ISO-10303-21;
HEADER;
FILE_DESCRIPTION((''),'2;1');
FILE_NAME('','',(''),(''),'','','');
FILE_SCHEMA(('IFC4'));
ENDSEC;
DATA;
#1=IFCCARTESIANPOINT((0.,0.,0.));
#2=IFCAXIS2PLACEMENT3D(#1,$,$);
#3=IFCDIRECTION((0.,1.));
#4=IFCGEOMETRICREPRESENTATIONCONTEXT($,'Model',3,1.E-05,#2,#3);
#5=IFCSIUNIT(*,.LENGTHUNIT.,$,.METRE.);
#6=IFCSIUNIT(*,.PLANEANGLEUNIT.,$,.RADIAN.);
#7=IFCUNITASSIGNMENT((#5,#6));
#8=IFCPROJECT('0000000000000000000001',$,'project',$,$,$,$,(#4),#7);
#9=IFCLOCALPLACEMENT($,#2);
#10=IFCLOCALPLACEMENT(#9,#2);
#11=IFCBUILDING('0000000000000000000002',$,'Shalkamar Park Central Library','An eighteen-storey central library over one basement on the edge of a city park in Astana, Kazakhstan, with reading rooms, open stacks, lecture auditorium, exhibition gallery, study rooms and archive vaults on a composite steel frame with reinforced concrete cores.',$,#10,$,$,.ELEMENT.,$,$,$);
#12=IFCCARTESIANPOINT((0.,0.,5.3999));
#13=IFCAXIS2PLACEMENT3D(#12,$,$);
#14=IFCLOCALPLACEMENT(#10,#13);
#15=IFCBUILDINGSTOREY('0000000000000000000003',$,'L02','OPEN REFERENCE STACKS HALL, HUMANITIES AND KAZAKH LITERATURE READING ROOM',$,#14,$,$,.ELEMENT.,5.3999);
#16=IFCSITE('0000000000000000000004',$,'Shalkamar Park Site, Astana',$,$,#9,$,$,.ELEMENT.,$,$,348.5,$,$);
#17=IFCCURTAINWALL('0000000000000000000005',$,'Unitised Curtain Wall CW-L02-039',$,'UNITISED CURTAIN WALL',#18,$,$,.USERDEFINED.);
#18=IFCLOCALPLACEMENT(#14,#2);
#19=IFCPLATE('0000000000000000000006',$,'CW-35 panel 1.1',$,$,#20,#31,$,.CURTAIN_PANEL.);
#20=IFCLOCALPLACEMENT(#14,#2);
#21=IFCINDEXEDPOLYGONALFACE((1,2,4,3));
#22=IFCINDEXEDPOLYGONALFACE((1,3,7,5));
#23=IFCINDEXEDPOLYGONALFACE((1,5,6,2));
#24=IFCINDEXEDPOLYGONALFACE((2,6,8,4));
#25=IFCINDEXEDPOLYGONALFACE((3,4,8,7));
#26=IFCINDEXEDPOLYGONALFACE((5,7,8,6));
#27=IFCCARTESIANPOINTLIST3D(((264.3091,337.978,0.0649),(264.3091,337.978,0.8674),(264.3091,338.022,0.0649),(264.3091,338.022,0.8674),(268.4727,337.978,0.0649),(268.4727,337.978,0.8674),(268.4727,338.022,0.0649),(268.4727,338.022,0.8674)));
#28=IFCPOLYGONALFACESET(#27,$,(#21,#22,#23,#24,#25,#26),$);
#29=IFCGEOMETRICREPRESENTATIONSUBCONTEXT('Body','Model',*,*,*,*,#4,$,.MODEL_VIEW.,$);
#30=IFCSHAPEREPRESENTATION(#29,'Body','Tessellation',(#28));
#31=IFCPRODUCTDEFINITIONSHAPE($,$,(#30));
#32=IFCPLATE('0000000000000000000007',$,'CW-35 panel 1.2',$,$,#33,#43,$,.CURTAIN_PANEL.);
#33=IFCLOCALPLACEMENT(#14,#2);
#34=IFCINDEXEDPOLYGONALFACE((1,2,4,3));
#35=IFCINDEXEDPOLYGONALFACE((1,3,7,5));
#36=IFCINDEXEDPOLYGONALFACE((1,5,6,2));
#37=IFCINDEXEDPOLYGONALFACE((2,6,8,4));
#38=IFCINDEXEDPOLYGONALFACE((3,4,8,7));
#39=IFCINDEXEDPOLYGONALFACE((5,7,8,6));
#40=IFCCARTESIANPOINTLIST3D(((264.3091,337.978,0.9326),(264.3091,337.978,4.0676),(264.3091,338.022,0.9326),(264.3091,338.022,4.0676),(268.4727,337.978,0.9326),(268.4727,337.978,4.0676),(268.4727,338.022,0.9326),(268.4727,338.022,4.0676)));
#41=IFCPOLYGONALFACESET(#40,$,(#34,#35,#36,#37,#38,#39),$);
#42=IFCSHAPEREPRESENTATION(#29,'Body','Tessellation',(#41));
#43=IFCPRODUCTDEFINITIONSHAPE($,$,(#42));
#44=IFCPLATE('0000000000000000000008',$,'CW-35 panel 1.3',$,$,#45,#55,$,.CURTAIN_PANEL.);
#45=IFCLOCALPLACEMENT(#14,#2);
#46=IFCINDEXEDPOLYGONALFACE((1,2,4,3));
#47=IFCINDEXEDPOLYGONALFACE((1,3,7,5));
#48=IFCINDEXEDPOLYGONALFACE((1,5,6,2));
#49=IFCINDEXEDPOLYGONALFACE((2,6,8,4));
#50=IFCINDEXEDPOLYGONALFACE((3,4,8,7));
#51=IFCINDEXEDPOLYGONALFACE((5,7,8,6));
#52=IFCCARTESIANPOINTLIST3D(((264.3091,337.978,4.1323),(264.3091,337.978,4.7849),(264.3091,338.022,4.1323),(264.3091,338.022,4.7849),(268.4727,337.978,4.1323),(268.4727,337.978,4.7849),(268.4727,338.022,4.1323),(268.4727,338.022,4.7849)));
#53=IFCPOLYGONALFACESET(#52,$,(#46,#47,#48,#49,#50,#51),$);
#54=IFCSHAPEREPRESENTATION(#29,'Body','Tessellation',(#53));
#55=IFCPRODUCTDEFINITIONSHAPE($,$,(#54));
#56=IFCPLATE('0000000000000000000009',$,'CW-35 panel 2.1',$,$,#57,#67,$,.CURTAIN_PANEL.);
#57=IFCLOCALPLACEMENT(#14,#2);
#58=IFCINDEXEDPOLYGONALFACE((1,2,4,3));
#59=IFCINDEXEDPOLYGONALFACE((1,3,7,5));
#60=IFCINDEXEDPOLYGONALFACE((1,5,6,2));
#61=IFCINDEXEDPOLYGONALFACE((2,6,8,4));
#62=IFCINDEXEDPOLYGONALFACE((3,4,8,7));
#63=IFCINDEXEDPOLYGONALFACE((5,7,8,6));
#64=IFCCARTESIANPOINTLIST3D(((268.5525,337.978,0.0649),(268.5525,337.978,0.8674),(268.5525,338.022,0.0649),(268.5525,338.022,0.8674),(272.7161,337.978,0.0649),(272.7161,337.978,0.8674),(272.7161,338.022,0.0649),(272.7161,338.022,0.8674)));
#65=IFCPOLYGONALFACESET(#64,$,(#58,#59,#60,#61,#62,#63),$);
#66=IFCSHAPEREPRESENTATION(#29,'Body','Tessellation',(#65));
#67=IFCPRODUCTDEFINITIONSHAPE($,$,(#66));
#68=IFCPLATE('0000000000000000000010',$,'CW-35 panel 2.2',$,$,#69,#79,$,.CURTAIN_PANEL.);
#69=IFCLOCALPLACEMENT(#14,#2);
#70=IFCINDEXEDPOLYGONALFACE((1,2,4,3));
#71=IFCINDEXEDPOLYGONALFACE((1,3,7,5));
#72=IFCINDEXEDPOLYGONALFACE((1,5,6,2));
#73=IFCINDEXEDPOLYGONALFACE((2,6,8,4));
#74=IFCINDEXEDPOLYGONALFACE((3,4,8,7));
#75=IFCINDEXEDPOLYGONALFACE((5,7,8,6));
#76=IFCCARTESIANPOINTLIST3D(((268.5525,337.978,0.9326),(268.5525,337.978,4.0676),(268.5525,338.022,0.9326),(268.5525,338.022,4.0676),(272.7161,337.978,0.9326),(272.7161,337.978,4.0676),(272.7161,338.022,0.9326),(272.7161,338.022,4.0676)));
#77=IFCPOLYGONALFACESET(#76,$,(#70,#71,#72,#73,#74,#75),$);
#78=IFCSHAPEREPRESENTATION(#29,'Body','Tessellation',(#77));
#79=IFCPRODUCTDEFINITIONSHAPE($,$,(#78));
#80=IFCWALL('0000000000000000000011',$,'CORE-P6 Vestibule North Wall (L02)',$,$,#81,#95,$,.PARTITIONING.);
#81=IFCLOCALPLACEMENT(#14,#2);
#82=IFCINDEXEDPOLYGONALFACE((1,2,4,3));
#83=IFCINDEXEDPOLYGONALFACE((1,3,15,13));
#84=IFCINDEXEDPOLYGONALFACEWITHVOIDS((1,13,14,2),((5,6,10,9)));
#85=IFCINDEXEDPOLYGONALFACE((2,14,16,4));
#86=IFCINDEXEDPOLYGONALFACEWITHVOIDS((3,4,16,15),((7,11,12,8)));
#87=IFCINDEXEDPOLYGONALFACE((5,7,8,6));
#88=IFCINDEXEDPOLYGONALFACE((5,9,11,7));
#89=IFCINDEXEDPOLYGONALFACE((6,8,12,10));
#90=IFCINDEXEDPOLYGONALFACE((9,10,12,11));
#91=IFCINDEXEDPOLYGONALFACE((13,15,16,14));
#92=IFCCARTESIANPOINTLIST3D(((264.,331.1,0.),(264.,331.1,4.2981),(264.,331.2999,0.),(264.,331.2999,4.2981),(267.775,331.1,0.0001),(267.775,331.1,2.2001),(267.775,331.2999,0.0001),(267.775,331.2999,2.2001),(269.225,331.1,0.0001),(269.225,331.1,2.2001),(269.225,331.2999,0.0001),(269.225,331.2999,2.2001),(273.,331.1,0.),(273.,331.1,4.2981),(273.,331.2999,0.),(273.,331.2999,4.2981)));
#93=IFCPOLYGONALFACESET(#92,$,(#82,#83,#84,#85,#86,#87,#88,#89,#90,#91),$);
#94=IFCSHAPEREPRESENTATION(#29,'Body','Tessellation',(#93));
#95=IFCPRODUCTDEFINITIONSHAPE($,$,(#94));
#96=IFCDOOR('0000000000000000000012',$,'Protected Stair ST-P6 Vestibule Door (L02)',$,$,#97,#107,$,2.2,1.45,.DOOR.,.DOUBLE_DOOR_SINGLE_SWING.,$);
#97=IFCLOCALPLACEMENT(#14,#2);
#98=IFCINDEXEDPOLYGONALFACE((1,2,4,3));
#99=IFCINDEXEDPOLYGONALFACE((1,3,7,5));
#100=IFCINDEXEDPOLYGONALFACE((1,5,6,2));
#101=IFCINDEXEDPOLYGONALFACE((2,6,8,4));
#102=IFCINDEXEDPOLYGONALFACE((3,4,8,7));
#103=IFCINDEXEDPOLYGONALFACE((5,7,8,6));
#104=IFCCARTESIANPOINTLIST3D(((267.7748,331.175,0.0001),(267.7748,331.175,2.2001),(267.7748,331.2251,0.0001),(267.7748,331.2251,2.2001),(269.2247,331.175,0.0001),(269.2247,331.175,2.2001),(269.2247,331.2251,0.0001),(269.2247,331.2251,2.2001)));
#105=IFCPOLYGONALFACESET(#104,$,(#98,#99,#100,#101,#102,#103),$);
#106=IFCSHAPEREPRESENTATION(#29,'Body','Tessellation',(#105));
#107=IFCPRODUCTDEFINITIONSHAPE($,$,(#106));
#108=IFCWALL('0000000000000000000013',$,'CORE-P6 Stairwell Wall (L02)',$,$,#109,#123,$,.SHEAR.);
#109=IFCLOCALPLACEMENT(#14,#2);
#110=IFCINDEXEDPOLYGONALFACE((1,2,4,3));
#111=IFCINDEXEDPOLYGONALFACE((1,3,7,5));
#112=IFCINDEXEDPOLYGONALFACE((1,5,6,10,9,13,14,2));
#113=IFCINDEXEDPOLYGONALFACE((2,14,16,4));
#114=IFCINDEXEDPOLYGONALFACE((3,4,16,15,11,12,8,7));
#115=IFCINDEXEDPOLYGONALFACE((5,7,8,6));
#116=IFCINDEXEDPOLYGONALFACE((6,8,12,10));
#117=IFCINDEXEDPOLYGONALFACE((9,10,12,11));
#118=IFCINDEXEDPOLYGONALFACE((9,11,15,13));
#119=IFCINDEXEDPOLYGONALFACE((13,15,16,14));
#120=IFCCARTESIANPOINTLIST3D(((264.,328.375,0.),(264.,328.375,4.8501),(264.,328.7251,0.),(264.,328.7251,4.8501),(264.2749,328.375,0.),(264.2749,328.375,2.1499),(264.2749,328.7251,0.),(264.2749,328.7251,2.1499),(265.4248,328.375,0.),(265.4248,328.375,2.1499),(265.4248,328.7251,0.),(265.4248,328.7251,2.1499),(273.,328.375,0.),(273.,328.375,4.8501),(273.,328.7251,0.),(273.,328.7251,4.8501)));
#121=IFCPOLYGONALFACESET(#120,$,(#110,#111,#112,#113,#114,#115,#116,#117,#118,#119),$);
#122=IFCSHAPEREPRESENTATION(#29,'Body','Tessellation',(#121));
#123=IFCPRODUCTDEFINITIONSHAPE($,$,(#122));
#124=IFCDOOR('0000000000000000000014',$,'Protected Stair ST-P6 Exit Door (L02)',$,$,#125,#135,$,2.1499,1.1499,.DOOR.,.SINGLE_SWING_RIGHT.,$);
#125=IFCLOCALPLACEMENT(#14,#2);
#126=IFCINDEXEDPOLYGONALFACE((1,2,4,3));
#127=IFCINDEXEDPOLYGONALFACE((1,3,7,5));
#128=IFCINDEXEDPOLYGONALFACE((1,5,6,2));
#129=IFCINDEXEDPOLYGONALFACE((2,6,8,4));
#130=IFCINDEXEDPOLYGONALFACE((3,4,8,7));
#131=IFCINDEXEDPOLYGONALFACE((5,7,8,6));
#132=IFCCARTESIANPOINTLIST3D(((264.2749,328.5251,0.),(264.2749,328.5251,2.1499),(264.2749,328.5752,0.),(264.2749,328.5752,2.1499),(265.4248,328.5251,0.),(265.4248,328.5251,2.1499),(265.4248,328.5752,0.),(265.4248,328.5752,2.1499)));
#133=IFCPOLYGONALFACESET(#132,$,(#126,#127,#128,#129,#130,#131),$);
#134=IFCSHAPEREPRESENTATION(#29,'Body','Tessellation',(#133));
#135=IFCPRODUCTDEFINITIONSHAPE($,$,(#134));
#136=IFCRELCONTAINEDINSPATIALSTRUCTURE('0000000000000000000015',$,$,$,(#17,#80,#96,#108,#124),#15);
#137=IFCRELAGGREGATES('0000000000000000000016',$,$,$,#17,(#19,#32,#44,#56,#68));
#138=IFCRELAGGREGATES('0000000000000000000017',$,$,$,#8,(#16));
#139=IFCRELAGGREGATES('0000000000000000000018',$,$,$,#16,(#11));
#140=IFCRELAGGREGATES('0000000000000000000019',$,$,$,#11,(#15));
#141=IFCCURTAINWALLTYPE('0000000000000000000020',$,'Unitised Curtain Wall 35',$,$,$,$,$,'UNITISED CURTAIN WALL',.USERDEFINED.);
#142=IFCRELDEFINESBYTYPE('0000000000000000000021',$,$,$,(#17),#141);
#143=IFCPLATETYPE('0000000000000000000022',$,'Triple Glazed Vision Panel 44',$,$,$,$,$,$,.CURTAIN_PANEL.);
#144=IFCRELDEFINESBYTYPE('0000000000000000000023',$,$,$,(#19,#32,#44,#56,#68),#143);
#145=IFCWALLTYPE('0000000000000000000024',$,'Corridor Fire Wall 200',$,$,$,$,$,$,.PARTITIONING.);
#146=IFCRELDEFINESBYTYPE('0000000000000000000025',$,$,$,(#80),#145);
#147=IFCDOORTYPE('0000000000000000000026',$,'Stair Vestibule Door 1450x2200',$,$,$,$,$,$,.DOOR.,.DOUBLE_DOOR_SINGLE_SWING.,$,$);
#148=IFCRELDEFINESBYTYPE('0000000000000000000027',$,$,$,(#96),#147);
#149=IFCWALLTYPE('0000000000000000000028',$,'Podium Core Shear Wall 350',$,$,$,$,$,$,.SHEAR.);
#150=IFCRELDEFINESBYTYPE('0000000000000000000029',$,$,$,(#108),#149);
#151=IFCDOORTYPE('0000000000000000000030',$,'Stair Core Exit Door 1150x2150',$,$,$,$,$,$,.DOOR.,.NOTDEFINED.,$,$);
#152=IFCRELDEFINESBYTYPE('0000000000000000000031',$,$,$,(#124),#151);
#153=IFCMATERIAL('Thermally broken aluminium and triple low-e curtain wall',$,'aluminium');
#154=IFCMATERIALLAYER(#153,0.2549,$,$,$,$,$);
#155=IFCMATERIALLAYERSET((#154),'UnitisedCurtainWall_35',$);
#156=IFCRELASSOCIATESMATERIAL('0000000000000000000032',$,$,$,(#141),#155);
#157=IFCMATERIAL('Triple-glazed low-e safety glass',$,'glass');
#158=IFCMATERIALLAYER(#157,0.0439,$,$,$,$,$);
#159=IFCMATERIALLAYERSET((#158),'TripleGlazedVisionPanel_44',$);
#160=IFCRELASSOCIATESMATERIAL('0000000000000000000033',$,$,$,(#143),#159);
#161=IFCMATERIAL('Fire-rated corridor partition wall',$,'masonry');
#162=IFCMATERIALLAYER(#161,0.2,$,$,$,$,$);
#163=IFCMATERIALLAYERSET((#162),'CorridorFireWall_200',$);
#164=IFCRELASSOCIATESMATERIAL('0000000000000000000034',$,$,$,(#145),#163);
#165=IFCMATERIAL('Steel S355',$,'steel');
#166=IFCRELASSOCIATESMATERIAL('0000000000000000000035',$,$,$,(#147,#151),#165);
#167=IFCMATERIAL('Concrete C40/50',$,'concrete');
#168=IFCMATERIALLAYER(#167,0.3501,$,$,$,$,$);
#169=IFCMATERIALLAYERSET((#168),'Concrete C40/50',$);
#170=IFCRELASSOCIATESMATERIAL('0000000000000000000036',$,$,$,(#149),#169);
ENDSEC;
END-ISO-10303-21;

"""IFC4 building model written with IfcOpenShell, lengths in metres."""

from ifc_helpers import new_model, si_unit, direction, frame, frame_2d, origin, origin_2d, place, context, subcontext, project, spatial, rectangle, extrude, material, layer, layer_set, type_object, element, fill, aggregate, save


model = new_model("IFC4")

# Units and contexts
model_context = context("Model", 3, precision=1e-05, world=origin(), true_north=direction((0.0, 1.0)))
body_context = subcontext(model_context, "Body", "Model", "MODEL_VIEW")
ifc_project = project(units=[si_unit("LENGTHUNIT", "METRE"), si_unit("PLANEANGLEUNIT", "RADIAN")], contexts=[model_context])

# Site, building, storey
site_placement = place(None, origin())
site = spatial("IfcSite", under=ifc_project, at=site_placement, Name="Shalkamar Park Site, Astana", CompositionType="ELEMENT", RefElevation=348.5)
building_placement = place(site_placement, origin())
building = spatial("IfcBuilding", under=site, at=building_placement, Name="Shalkamar Park Central Library", Description="An eighteen-storey central library over one basement on the edge of a city park in Astana, Kazakhstan, with reading rooms, open stacks, lecture auditorium, exhibition gallery, study rooms and archive vaults on a composite steel frame with reinforced concrete cores.", CompositionType="ELEMENT")
storey_placement = place(building_placement, frame((0.0, 0.0, 5.3999)))
storey = spatial("IfcBuildingStorey", under=building, at=storey_placement, Name="L02", Description="OPEN REFERENCE STACKS HALL, HUMANITIES AND KAZAKH LITERATURE READING ROOM", CompositionType="ELEMENT", Elevation=5.3999)

# Shared definitions
ifc_material_1 = material(Name="Steel S355", Category="steel")

# Shared definitions
ifc_material_2 = material(Name="Thermally broken aluminium and triple low-e curtain wall", Category="aluminium")

# Curtain wall
ifc_layer_1 = layer(ifc_material_2, 0.2549)
ifc_layer_set_1 = layer_set([ifc_layer_1], Name="UnitisedCurtainWall_35")
curtain_wall_type_1 = type_object("IfcCurtainWallType", Name="Unitised Curtain Wall 35", ElementType="UNITISED CURTAIN WALL", PredefinedType="USERDEFINED", material=ifc_layer_set_1)
curtain_wall_1_placement = place(storey_placement, origin())
curtain_wall_1 = element("IfcCurtainWall", 1, at=curtain_wall_1_placement, inside=storey, type_object=curtain_wall_type_1, Name="Unitised Curtain Wall CW-L02-039", ObjectType="UNITISED CURTAIN WALL", PredefinedType="USERDEFINED")

# Plates
ifc_material_3 = material(Name="Triple-glazed low-e safety glass", Category="glass")
ifc_layer_2 = layer(ifc_material_3, 0.0439)
ifc_layer_set_2 = layer_set([ifc_layer_2], Name="TripleGlazedVisionPanel_44")
plate_type_1 = type_object("IfcPlateType", Name="Triple Glazed Vision Panel 44", PredefinedType="CURTAIN_PANEL", material=ifc_layer_set_2)
plate_1_placement = place(storey_placement, frame((266.3909, 338.0, 0.0649), z_axis=(0.0, 0.0, 1.0), x_axis=(1.0, 0.0, 0.0)))
plate_1 = element("IfcPlate", 2, at=plate_1_placement, type_object=plate_type_1, Name="CW-35 panel 1.1", PredefinedType="CURTAIN_PANEL", context=body_context, shape_type="SweptSolid", body=[
    extrude(rectangle(XDim=4.1636, YDim=0.0439, at=origin_2d()), origin(), (0.0, 0.0, 1.0), 0.8025),
])
plate_2_placement = place(storey_placement, frame((266.3909, 338.0, 0.9326), z_axis=(0.0, 0.0, 1.0), x_axis=(1.0, 0.0, 0.0)))
plate_2 = element("IfcPlate", 3, at=plate_2_placement, type_object=plate_type_1, Name="CW-35 panel 1.2", PredefinedType="CURTAIN_PANEL", context=body_context, shape_type="SweptSolid", body=[
    extrude(rectangle(XDim=4.1636, YDim=0.0439, at=origin_2d()), origin(), (0.0, 0.0, 1.0), 3.135),
])
plate_3_placement = place(storey_placement, frame((266.3909, 338.0, 4.1323), z_axis=(0.0, 0.0, 1.0), x_axis=(1.0, 0.0, 0.0)))
plate_3 = element("IfcPlate", 4, at=plate_3_placement, type_object=plate_type_1, Name="CW-35 panel 1.3", PredefinedType="CURTAIN_PANEL", context=body_context, shape_type="SweptSolid", body=[
    extrude(rectangle(XDim=4.1636, YDim=0.0439, at=origin_2d()), origin(), (0.0, 0.0, 1.0), 0.6526),
])
plate_4_placement = place(storey_placement, frame((270.6343, 338.0, 0.0649), z_axis=(0.0, 0.0, 1.0), x_axis=(1.0, 0.0, 0.0)))
plate_4 = element("IfcPlate", 5, at=plate_4_placement, type_object=plate_type_1, Name="CW-35 panel 2.1", PredefinedType="CURTAIN_PANEL", context=body_context, shape_type="SweptSolid", body=[
    extrude(rectangle(XDim=4.1636, YDim=0.0439, at=origin_2d()), origin(), (0.0, 0.0, 1.0), 0.8025),
])
plate_5_placement = place(storey_placement, frame((270.6343, 338.0, 0.9326), z_axis=(0.0, 0.0, 1.0), x_axis=(1.0, 0.0, 0.0)))
plate_5 = element("IfcPlate", 6, at=plate_5_placement, type_object=plate_type_1, Name="CW-35 panel 2.2", PredefinedType="CURTAIN_PANEL", context=body_context, shape_type="SweptSolid", body=[
    extrude(rectangle(XDim=4.1636, YDim=0.0439, at=origin_2d()), origin(), (0.0, 0.0, 1.0), 3.135),
])
aggregate(curtain_wall_1, [plate_1, plate_2, plate_3, plate_4, plate_5])

# Walls, openings, doors
ifc_material_4 = material(Name="Fire-rated corridor partition wall", Category="masonry")
ifc_layer_3 = layer(ifc_material_4, 0.2)
ifc_layer_set_3 = layer_set([ifc_layer_3], Name="CorridorFireWall_200")
wall_type_1 = type_object("IfcWallType", Name="Corridor Fire Wall 200", PredefinedType="PARTITIONING", material=ifc_layer_set_3)
wall_1_placement = place(storey_placement, frame((264.0, 331.2, 0.0), z_axis=(0.0, 0.0, 1.0), x_axis=(1.0, 0.0, 0.0)))
wall_1 = element("IfcWall", 7, at=wall_1_placement, inside=storey, type_object=wall_type_1, Name="CORE-P6 Vestibule North Wall (L02)", PredefinedType="PARTITIONING", context=body_context, shape_type="SweptSolid", body=[
    extrude(rectangle(XDim=9.0, YDim=0.2, at=frame_2d((4.5, 0.0))), origin(), (0.0, 0.0, 1.0), 4.2981),
])
opening_1_placement = place(wall_1_placement, frame((3.7749, 0.0, 0.0)))
opening_1 = element("IfcOpeningElement", 8, at=opening_1_placement, cuts=wall_1, PredefinedType="OPENING", context=body_context, shape_type="SweptSolid", body=[
    extrude(rectangle(XDim=1.45, YDim=2.2, at=frame_2d((0.7251, 1.1001))), frame((0.0, 0.1147, 0.0), z_axis=(0.0, -1.0, 0.0), x_axis=(1.0, 0.0, 0.0)), (0.0, 0.0, 1.0), 0.2297),
])
door_type_1 = type_object("IfcDoorType", Name="Stair Vestibule Door 1450x2200", OperationType="DOUBLE_DOOR_SINGLE_SWING", PredefinedType="DOOR", material=ifc_material_1)
door_1_placement = place(opening_1_placement, frame((1.45, 0.0, 0.0), z_axis=(0.0, 0.0, 1.0), x_axis=(-1.0, 0.0, 0.0)))
door_1 = element("IfcDoor", 9, at=door_1_placement, inside=storey, type_object=door_type_1, Name="Protected Stair ST-P6 Vestibule Door (L02)", OperationType="DOUBLE_DOOR_SINGLE_SWING", OverallHeight=2.2, OverallWidth=1.45, PredefinedType="DOOR", context=body_context, shape_type="SweptSolid", body=[
    extrude(rectangle(XDim=1.45, YDim=2.2, at=frame_2d((0.7251, 1.1001))), frame((0.0, 0.0249, 0.0), z_axis=(0.0, -1.0, 0.0), x_axis=(1.0, 0.0, 0.0)), (0.0, 0.0, 1.0), 0.05),
])
fill(opening_1, door_1)
ifc_material_5 = material(Name="Concrete C40/50", Category="concrete")
ifc_layer_4 = layer(ifc_material_5, 0.3501)
ifc_layer_set_4 = layer_set([ifc_layer_4], Name="Concrete C40/50")
wall_type_2 = type_object("IfcWallType", Name="Podium Core Shear Wall 350", PredefinedType="SHEAR", material=ifc_layer_set_4)
wall_2_placement = place(storey_placement, frame((264.0, 328.55, 0.0), z_axis=(0.0, 0.0, 1.0), x_axis=(1.0, 0.0, 0.0)))
wall_2 = element("IfcWall", 10, at=wall_2_placement, inside=storey, type_object=wall_type_2, Name="CORE-P6 Stairwell Wall (L02)", PredefinedType="SHEAR", context=body_context, shape_type="SweptSolid", body=[
    extrude(rectangle(XDim=9.0, YDim=0.3501, at=frame_2d((4.5, 0.0))), origin(), (0.0, 0.0, 1.0), 4.8501),
])
opening_2_placement = place(wall_2_placement, frame((0.2749, 0.0, 0.0)))
opening_2 = element("IfcOpeningElement", 11, at=opening_2_placement, cuts=wall_2, PredefinedType="OPENING", context=body_context, shape_type="SweptSolid", body=[
    extrude(rectangle(XDim=1.1499, YDim=2.1499, at=frame_2d((0.575, 1.075))), frame((0.0, 0.1899, 0.0), z_axis=(0.0, -1.0, 0.0), x_axis=(1.0, 0.0, 0.0)), (0.0, 0.0, 1.0), 0.3799),
])
door_type_2 = type_object("IfcDoorType", Name="Stair Core Exit Door 1150x2150", OperationType="NOTDEFINED", PredefinedType="DOOR", material=ifc_material_1)
door_2_placement = place(opening_2_placement, frame((1.1499, 0.0, 0.0), z_axis=(0.0, 0.0, 1.0), x_axis=(-1.0, 0.0, 0.0)))
door_2 = element("IfcDoor", 12, at=door_2_placement, inside=storey, type_object=door_type_2, Name="Protected Stair ST-P6 Exit Door (L02)", OperationType="SINGLE_SWING_RIGHT", OverallHeight=2.1499, OverallWidth=1.1499, PredefinedType="DOOR", context=body_context, shape_type="SweptSolid", body=[
    extrude(rectangle(XDim=1.1499, YDim=2.1499, at=frame_2d((0.575, 1.075))), frame((0.0, 0.0249, 0.0), z_axis=(0.0, -1.0, 0.0), x_axis=(1.0, 0.0, 0.0)), (0.0, 0.0, 1.0), 0.05),
])
fill(opening_2, door_2)

save(model, "model.ifc")
